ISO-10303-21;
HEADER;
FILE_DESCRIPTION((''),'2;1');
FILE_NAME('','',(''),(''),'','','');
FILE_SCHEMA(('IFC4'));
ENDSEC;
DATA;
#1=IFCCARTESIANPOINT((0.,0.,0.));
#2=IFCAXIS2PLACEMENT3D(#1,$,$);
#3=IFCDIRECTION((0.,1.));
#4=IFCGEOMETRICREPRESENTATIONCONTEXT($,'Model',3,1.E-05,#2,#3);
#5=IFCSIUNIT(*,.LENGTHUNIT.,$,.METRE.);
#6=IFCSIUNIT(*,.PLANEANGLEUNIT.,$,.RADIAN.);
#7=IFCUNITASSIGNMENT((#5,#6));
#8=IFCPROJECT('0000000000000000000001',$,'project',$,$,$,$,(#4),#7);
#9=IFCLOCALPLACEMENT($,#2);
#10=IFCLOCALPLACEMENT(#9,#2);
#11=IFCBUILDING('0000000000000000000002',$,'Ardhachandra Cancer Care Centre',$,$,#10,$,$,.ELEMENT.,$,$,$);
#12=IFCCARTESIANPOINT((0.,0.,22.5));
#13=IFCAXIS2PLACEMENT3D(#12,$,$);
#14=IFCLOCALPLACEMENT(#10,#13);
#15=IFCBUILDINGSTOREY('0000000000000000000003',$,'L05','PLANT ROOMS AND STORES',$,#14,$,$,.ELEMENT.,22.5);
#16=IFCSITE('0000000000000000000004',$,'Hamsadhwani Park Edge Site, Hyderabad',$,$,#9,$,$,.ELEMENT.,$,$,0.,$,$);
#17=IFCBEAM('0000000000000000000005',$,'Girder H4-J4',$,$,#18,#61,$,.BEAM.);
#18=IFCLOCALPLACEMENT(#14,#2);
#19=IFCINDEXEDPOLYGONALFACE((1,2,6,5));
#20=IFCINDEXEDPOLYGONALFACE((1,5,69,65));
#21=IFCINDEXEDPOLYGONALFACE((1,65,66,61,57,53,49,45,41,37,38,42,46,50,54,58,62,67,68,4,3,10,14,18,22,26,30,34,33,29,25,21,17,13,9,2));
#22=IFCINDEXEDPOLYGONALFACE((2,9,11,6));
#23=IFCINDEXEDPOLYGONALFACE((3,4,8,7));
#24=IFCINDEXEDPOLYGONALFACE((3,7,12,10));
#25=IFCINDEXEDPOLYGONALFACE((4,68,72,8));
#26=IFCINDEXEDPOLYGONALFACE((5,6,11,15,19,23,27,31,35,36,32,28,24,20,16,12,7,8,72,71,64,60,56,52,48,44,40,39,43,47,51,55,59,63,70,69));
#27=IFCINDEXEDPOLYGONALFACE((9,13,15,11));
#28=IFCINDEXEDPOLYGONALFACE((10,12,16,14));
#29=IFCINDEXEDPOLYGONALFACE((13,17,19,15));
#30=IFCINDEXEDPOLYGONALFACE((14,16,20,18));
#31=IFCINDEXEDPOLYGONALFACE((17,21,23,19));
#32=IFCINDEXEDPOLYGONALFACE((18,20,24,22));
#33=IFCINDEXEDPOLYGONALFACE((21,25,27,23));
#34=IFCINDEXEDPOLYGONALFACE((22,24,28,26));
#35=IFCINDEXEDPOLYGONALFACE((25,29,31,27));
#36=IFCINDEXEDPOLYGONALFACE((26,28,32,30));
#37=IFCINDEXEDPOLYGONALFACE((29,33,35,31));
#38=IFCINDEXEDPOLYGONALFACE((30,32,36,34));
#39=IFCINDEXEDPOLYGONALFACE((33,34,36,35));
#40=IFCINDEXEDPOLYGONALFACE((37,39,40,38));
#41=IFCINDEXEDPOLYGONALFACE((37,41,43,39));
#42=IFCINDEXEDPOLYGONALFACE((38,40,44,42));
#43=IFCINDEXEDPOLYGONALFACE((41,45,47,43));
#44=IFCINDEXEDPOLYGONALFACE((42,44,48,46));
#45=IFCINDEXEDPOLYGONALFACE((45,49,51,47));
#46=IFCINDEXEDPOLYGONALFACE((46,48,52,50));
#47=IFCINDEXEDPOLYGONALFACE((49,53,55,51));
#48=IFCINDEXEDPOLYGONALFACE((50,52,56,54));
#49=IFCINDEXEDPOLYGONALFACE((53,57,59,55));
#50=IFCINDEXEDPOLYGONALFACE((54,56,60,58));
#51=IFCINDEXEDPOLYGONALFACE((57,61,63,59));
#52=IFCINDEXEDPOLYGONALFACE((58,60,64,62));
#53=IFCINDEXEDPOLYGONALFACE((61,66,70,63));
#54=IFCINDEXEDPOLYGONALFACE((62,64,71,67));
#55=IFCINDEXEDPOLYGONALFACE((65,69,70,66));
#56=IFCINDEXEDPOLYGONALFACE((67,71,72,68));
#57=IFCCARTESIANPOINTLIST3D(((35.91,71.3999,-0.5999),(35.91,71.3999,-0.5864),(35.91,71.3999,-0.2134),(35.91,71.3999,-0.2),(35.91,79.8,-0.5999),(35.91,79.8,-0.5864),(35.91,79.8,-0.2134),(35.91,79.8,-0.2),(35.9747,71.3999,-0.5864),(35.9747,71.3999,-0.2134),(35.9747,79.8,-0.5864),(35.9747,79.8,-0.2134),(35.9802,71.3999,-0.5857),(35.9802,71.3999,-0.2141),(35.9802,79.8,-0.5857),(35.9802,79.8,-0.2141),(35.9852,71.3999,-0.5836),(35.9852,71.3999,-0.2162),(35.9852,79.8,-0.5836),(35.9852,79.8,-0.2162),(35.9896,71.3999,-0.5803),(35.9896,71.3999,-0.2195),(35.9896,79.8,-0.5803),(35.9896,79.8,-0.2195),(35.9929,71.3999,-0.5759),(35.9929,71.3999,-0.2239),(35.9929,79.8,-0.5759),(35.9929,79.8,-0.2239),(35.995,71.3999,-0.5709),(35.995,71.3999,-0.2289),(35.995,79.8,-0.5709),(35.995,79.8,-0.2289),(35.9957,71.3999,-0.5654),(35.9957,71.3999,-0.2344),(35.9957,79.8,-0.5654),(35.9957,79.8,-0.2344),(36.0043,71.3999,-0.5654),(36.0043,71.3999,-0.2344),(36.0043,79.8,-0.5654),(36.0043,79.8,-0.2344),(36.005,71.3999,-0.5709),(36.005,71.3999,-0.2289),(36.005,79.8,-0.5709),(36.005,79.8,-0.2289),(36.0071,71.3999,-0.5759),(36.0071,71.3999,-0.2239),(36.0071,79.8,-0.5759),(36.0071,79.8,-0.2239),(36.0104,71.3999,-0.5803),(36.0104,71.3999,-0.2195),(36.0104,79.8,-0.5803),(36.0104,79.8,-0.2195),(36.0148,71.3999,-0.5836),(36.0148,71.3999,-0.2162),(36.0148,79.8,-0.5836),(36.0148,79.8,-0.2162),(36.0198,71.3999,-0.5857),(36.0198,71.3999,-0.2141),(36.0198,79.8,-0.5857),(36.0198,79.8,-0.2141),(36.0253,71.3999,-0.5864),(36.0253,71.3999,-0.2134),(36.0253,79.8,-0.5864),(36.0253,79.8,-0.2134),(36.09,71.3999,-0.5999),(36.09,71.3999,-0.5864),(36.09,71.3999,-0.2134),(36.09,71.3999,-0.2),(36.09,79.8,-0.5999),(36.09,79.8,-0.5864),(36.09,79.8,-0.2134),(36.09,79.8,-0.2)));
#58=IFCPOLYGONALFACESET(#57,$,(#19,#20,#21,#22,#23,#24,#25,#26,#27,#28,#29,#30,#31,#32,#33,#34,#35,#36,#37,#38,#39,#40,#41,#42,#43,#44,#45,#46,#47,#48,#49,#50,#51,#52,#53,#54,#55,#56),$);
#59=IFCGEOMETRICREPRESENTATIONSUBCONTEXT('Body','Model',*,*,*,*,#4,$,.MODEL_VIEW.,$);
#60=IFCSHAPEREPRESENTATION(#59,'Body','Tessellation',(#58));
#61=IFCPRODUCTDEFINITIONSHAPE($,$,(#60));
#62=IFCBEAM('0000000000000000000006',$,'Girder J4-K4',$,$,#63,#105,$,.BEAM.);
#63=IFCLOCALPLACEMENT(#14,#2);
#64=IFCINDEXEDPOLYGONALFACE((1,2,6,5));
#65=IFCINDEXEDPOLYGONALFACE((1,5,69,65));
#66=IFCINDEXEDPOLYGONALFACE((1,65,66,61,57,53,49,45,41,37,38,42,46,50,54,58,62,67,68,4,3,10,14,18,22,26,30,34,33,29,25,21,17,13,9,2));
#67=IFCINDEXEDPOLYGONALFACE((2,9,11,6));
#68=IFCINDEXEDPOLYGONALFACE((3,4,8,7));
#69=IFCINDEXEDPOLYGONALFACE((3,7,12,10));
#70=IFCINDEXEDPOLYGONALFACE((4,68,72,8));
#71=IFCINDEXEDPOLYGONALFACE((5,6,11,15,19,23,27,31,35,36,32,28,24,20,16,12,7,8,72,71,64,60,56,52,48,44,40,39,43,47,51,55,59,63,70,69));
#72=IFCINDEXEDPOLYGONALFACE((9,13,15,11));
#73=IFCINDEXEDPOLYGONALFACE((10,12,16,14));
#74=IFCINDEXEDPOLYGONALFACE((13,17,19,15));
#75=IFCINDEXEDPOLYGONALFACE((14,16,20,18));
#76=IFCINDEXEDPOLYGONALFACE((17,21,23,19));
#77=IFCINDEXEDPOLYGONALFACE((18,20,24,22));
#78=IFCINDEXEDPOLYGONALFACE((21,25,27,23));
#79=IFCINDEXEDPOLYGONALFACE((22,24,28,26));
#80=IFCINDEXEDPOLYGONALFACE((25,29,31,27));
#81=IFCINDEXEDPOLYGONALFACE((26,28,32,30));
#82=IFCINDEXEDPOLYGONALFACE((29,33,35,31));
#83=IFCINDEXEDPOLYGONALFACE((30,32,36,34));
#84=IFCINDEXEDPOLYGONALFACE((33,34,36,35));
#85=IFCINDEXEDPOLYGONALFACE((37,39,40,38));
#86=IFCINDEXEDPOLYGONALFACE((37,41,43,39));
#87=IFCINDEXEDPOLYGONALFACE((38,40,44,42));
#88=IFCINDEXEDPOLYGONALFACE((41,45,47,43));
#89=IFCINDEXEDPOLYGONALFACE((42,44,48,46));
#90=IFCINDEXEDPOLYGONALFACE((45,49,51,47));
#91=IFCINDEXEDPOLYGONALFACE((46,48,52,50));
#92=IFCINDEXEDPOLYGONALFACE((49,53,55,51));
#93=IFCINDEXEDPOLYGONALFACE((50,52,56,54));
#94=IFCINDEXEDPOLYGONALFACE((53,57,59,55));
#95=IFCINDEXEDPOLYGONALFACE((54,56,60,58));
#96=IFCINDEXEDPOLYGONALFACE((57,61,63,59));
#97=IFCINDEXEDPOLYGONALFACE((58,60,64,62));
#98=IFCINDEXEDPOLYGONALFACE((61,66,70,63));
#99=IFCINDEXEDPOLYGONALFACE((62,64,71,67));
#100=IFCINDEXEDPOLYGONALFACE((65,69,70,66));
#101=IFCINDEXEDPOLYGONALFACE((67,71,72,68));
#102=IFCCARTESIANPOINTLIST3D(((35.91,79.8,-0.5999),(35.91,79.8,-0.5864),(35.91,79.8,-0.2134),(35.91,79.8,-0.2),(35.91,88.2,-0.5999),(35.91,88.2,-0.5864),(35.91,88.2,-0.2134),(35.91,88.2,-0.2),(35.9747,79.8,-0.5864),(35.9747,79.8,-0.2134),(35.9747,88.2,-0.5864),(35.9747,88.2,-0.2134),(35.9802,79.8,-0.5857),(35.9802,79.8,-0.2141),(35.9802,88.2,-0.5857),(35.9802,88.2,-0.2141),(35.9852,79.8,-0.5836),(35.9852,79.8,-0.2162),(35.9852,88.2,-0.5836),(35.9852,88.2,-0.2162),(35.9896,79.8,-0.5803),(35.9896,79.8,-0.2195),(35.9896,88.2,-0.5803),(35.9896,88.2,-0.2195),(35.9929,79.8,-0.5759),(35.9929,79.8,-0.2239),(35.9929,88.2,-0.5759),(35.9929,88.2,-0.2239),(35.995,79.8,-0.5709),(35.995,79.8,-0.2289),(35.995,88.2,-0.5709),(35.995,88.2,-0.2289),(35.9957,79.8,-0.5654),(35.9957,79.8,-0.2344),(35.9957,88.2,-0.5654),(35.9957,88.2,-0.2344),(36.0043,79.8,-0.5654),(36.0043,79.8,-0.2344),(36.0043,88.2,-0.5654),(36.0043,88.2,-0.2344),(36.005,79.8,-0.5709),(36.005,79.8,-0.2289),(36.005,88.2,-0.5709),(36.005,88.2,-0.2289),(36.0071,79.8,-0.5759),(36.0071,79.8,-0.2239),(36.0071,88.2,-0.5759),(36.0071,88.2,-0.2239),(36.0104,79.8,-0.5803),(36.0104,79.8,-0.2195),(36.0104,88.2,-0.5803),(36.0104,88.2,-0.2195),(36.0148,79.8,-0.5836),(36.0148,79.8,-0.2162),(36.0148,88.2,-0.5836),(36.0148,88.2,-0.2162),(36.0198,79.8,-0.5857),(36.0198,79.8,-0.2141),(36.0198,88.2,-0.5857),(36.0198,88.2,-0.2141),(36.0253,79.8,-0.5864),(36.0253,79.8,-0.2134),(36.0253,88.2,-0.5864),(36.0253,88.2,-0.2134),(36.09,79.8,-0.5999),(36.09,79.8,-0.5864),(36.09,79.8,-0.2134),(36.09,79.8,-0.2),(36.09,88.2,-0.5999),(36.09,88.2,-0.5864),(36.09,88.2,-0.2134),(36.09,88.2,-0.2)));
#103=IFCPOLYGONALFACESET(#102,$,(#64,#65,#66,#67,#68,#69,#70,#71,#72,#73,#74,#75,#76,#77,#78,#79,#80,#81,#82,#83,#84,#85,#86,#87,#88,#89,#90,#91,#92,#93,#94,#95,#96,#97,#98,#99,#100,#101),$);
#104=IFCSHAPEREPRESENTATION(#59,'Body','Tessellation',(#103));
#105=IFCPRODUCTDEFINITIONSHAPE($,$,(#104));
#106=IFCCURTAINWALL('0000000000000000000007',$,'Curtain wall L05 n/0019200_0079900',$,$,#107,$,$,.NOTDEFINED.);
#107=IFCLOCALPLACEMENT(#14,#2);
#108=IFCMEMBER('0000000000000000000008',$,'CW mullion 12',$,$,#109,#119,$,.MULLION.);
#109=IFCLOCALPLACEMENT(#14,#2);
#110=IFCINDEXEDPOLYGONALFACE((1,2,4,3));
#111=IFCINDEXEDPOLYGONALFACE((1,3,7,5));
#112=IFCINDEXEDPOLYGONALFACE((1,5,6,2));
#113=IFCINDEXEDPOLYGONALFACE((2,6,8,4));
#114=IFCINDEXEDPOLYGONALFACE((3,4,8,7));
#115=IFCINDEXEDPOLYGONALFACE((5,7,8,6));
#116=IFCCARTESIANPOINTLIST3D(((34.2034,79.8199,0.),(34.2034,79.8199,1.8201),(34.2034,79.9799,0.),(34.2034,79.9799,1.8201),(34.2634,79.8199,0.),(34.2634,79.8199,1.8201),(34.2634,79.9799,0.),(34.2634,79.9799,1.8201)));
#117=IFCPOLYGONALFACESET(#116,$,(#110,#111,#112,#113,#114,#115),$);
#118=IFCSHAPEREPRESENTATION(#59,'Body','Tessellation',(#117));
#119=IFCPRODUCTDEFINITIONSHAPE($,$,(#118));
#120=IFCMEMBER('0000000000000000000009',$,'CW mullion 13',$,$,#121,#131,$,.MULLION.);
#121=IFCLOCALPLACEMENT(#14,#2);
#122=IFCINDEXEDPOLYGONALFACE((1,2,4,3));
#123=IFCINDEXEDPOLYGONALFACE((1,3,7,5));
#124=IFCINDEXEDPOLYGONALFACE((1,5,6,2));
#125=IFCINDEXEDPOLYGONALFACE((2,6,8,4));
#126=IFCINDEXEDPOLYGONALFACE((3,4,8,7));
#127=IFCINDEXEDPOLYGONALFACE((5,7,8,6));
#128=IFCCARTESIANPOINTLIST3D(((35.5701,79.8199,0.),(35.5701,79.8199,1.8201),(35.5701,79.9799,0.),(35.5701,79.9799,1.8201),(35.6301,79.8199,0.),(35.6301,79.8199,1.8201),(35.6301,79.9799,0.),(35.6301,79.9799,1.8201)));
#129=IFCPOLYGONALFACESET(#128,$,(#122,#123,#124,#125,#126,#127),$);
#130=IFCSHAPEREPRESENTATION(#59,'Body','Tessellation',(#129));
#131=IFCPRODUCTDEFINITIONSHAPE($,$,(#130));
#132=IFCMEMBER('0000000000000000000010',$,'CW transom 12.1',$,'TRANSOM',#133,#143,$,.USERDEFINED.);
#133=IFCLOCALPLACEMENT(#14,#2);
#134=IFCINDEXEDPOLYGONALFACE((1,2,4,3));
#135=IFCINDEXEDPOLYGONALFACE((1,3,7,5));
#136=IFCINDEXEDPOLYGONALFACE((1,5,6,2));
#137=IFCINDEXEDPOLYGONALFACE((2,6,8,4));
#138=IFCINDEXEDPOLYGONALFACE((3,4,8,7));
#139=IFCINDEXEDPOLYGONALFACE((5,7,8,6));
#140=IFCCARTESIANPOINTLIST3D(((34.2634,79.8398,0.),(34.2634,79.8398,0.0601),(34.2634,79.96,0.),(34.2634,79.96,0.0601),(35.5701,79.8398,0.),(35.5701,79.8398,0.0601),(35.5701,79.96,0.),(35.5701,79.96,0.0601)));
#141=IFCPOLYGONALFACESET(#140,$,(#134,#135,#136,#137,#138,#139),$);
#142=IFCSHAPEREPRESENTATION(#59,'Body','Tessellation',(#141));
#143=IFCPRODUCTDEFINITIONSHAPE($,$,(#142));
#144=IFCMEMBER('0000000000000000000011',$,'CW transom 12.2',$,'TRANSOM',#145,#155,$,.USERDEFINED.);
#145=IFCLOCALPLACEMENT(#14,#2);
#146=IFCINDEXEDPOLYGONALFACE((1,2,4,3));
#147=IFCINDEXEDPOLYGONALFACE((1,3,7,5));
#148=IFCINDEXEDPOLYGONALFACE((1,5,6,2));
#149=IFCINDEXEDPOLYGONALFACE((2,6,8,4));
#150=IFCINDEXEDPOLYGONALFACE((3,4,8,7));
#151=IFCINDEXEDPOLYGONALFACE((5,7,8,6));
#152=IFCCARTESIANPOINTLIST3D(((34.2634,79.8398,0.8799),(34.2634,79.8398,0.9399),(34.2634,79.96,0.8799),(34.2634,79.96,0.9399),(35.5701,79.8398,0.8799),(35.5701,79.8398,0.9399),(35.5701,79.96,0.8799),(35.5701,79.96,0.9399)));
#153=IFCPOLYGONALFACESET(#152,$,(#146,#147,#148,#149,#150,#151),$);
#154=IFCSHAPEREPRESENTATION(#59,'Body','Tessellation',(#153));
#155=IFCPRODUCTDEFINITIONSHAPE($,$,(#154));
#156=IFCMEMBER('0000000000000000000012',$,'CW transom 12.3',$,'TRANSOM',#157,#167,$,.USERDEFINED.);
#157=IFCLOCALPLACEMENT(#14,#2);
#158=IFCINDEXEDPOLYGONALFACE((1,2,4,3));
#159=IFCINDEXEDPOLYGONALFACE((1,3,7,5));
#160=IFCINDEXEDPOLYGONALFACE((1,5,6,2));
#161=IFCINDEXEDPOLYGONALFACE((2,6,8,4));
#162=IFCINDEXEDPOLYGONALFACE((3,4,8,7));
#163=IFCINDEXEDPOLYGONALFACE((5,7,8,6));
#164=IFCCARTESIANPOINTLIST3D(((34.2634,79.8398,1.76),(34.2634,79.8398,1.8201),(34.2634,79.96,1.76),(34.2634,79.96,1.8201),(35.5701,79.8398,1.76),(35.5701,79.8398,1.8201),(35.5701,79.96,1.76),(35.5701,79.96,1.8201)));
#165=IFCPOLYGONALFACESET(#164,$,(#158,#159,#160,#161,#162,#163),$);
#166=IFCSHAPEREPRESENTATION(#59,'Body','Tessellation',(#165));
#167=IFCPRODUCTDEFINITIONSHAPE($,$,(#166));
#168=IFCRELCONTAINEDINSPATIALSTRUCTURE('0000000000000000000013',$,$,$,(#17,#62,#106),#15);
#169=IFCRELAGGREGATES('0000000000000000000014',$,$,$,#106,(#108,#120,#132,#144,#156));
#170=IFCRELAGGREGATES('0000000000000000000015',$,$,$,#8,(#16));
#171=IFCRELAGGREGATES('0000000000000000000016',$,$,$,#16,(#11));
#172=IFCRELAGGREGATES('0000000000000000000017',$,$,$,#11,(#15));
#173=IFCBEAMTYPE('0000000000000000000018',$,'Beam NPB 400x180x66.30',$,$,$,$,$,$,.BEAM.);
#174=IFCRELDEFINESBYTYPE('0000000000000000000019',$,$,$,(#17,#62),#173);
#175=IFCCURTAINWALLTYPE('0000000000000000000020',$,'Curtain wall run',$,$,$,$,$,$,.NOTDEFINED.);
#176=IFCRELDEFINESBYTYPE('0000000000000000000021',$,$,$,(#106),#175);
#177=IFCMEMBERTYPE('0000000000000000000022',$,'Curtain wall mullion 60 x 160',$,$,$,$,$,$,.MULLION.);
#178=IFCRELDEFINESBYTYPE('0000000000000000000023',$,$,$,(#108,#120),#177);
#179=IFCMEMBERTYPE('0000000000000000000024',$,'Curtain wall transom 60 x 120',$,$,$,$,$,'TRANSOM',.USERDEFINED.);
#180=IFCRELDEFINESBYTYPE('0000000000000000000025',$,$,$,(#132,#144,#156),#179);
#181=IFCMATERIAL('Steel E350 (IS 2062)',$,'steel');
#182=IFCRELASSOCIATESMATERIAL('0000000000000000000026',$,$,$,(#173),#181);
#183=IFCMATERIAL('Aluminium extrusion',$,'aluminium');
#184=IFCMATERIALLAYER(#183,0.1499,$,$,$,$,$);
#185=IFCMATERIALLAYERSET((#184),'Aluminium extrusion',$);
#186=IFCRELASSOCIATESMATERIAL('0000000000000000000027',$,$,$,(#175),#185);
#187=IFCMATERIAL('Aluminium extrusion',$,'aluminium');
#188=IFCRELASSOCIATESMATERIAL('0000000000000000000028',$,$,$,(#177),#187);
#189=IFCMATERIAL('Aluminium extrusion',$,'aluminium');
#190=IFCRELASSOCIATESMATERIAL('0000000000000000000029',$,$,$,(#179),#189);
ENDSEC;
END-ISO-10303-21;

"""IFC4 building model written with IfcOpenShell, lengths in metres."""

from ifc_helpers import new_model, si_unit, direction, frame, origin, origin_2d, place, context, subcontext, project, spatial, rectangle, i_section, extrude, material, layer, layer_set, material_profile, profile_set, type_object, element, aggregate, save


model = new_model("IFC4")

# Units and contexts
model_context = context("Model", 3, precision=1e-05, world=origin(), true_north=direction((0.0, 1.0)))
body_context = subcontext(model_context, "Body", "Model", "MODEL_VIEW")
ifc_project = project(units=[si_unit("LENGTHUNIT", "METRE"), si_unit("PLANEANGLEUNIT", "RADIAN")], contexts=[model_context])

# Site, building, storey
site_placement = place(None, origin())
site = spatial("IfcSite", under=ifc_project, at=site_placement, Name="Hamsadhwani Park Edge Site, Hyderabad", CompositionType="ELEMENT", RefElevation=0.0)
building_placement = place(site_placement, origin())
building = spatial("IfcBuilding", under=site, at=building_placement, Name="Ardhachandra Cancer Care Centre", CompositionType="ELEMENT")
storey_placement = place(building_placement, frame((0.0, 0.0, 22.5)))
storey = spatial("IfcBuildingStorey", under=building, at=storey_placement, Name="L05", Description="PLANT ROOMS AND STORES", CompositionType="ELEMENT", Elevation=22.5)

# Beams
ifc_material_1 = material(Name="Steel E350 (IS 2062)", Category="steel")
ifc_material_profile_1 = material_profile(ifc_material_1, i_section(OverallWidth=0.1799, OverallDepth=0.3999, WebThickness=0.0085, FlangeThickness=0.0134, FilletRadius=0.021, at=origin_2d()), Name="NPB 400x180x66.30")
ifc_profile_set_1 = profile_set([ifc_material_profile_1], Name="Steel E350 (IS 2062)")
beam_type_1 = type_object("IfcBeamType", Name="Beam NPB 400x180x66.30", PredefinedType="BEAM", material=ifc_profile_set_1)
beam_1_placement = place(storey_placement, frame((36.0, 71.3999, -0.3999), z_axis=(0.0, 1.0, 0.0), x_axis=(-1.0, 0.0, 0.0)))
element("IfcBeam", 1, at=beam_1_placement, inside=storey, type_object=beam_type_1, Name="Girder H4-J4", PredefinedType="BEAM", context=body_context, shape_type="SweptSolid", body=[
    extrude(i_section(OverallWidth=0.1799, OverallDepth=0.3999, WebThickness=0.0085, FlangeThickness=0.0134, FilletRadius=0.021, at=origin_2d()), origin(), (0.0, 0.0, 1.0), 8.4001),
])
beam_2_placement = place(storey_placement, frame((36.0, 79.8, -0.3999), z_axis=(0.0, 1.0, 0.0), x_axis=(-1.0, 0.0, 0.0)))
element("IfcBeam", 2, at=beam_2_placement, inside=storey, type_object=beam_type_1, Name="Girder J4-K4", PredefinedType="BEAM", context=body_context, shape_type="SweptSolid", body=[
    extrude(i_section(OverallWidth=0.1799, OverallDepth=0.3999, WebThickness=0.0085, FlangeThickness=0.0134, FilletRadius=0.021, at=origin_2d()), origin(), (0.0, 0.0, 1.0), 8.3999),
])

# Curtain wall, members
ifc_material_2 = material(Name="Aluminium extrusion", Category="aluminium")
ifc_layer_1 = layer(ifc_material_2, 0.1499)
ifc_layer_set_1 = layer_set([ifc_layer_1], Name="Aluminium extrusion")
curtain_wall_type = type_object("IfcCurtainWallType", Name="Curtain wall run", PredefinedType="NOTDEFINED", material=ifc_layer_set_1)
curtain_wall_placement = place(storey_placement, origin())
curtain_wall = element("IfcCurtainWall", 3, at=curtain_wall_placement, inside=storey, type_object=curtain_wall_type, Name="Curtain wall L05 n/0019200_0079900", PredefinedType="NOTDEFINED")
ifc_material_3 = material(Name="Aluminium extrusion", Category="aluminium")
ifc_material_profile_2 = material_profile(ifc_material_3, rectangle(XDim=0.1599, YDim=0.0601, at=origin_2d()), Name="Curtain wall mullion 60 x 160")
ifc_profile_set_2 = profile_set([ifc_material_profile_2], Name="Aluminium extrusion")
member_type_1 = type_object("IfcMemberType", Name="Curtain wall mullion 60 x 160", PredefinedType="MULLION", material=ifc_profile_set_2)
member_1_placement = place(storey_placement, frame((34.2334, 79.8999, 0.0), z_axis=(0.0, 0.0, 1.0), x_axis=(0.0, 1.0, 0.0)))
member_1 = element("IfcMember", 4, at=member_1_placement, type_object=member_type_1, Name="CW mullion 12", PredefinedType="MULLION", context=body_context, shape_type="SweptSolid", body=[
    extrude(rectangle(XDim=0.1599, YDim=0.0601, at=origin_2d()), origin(), (0.0, 0.0, 1.0), 1.8201),
])
member_2_placement = place(storey_placement, frame((35.6001, 79.8999, 0.0), z_axis=(0.0, 0.0, 1.0), x_axis=(0.0, 1.0, 0.0)))
member_2 = element("IfcMember", 5, at=member_2_placement, type_object=member_type_1, Name="CW mullion 13", PredefinedType="MULLION", context=body_context, shape_type="SweptSolid", body=[
    extrude(rectangle(XDim=0.1599, YDim=0.0601, at=origin_2d()), origin(), (0.0, 0.0, 1.0), 1.8201),
])
ifc_material_4 = material(Name="Aluminium extrusion", Category="aluminium")
ifc_material_profile_3 = material_profile(ifc_material_4, rectangle(XDim=0.1201, YDim=0.0601, at=origin_2d()), Name="Curtain wall transom 60 x 120")
ifc_profile_set_3 = profile_set([ifc_material_profile_3], Name="Aluminium extrusion")
member_type_2 = type_object("IfcMemberType", Name="Curtain wall transom 60 x 120", ElementType="TRANSOM", PredefinedType="USERDEFINED", material=ifc_profile_set_3)
member_3_placement = place(storey_placement, frame((34.2634, 79.8999, 0.03), z_axis=(1.0, 0.0, 0.0), x_axis=(0.0, 1.0, 0.0)))
member_3 = element("IfcMember", 6, at=member_3_placement, type_object=member_type_2, Name="CW transom 12.1", ObjectType="TRANSOM", PredefinedType="USERDEFINED", context=body_context, shape_type="SweptSolid", body=[
    extrude(rectangle(XDim=0.1201, YDim=0.0601, at=origin_2d()), origin(), (0.0, 0.0, 1.0), 1.3066),
])
member_4_placement = place(storey_placement, frame((34.2634, 79.8999, 0.9099), z_axis=(1.0, 0.0, 0.0), x_axis=(0.0, 1.0, 0.0)))
member_4 = element("IfcMember", 7, at=member_4_placement, type_object=member_type_2, Name="CW transom 12.2", ObjectType="TRANSOM", PredefinedType="USERDEFINED", context=body_context, shape_type="SweptSolid", body=[
    extrude(rectangle(XDim=0.1201, YDim=0.0601, at=origin_2d()), origin(), (0.0, 0.0, 1.0), 1.3066),
])
member_5_placement = place(storey_placement, frame((34.2634, 79.8999, 1.79), z_axis=(1.0, 0.0, 0.0), x_axis=(0.0, 1.0, 0.0)))
member_5 = element("IfcMember", 8, at=member_5_placement, type_object=member_type_2, Name="CW transom 12.3", ObjectType="TRANSOM", PredefinedType="USERDEFINED", context=body_context, shape_type="SweptSolid", body=[
    extrude(rectangle(XDim=0.1201, YDim=0.0601, at=origin_2d()), origin(), (0.0, 0.0, 1.0), 1.3066),
])

aggregate(curtain_wall, [member_1, member_2, member_3, member_4, member_5])

save(model, "model.ifc")
